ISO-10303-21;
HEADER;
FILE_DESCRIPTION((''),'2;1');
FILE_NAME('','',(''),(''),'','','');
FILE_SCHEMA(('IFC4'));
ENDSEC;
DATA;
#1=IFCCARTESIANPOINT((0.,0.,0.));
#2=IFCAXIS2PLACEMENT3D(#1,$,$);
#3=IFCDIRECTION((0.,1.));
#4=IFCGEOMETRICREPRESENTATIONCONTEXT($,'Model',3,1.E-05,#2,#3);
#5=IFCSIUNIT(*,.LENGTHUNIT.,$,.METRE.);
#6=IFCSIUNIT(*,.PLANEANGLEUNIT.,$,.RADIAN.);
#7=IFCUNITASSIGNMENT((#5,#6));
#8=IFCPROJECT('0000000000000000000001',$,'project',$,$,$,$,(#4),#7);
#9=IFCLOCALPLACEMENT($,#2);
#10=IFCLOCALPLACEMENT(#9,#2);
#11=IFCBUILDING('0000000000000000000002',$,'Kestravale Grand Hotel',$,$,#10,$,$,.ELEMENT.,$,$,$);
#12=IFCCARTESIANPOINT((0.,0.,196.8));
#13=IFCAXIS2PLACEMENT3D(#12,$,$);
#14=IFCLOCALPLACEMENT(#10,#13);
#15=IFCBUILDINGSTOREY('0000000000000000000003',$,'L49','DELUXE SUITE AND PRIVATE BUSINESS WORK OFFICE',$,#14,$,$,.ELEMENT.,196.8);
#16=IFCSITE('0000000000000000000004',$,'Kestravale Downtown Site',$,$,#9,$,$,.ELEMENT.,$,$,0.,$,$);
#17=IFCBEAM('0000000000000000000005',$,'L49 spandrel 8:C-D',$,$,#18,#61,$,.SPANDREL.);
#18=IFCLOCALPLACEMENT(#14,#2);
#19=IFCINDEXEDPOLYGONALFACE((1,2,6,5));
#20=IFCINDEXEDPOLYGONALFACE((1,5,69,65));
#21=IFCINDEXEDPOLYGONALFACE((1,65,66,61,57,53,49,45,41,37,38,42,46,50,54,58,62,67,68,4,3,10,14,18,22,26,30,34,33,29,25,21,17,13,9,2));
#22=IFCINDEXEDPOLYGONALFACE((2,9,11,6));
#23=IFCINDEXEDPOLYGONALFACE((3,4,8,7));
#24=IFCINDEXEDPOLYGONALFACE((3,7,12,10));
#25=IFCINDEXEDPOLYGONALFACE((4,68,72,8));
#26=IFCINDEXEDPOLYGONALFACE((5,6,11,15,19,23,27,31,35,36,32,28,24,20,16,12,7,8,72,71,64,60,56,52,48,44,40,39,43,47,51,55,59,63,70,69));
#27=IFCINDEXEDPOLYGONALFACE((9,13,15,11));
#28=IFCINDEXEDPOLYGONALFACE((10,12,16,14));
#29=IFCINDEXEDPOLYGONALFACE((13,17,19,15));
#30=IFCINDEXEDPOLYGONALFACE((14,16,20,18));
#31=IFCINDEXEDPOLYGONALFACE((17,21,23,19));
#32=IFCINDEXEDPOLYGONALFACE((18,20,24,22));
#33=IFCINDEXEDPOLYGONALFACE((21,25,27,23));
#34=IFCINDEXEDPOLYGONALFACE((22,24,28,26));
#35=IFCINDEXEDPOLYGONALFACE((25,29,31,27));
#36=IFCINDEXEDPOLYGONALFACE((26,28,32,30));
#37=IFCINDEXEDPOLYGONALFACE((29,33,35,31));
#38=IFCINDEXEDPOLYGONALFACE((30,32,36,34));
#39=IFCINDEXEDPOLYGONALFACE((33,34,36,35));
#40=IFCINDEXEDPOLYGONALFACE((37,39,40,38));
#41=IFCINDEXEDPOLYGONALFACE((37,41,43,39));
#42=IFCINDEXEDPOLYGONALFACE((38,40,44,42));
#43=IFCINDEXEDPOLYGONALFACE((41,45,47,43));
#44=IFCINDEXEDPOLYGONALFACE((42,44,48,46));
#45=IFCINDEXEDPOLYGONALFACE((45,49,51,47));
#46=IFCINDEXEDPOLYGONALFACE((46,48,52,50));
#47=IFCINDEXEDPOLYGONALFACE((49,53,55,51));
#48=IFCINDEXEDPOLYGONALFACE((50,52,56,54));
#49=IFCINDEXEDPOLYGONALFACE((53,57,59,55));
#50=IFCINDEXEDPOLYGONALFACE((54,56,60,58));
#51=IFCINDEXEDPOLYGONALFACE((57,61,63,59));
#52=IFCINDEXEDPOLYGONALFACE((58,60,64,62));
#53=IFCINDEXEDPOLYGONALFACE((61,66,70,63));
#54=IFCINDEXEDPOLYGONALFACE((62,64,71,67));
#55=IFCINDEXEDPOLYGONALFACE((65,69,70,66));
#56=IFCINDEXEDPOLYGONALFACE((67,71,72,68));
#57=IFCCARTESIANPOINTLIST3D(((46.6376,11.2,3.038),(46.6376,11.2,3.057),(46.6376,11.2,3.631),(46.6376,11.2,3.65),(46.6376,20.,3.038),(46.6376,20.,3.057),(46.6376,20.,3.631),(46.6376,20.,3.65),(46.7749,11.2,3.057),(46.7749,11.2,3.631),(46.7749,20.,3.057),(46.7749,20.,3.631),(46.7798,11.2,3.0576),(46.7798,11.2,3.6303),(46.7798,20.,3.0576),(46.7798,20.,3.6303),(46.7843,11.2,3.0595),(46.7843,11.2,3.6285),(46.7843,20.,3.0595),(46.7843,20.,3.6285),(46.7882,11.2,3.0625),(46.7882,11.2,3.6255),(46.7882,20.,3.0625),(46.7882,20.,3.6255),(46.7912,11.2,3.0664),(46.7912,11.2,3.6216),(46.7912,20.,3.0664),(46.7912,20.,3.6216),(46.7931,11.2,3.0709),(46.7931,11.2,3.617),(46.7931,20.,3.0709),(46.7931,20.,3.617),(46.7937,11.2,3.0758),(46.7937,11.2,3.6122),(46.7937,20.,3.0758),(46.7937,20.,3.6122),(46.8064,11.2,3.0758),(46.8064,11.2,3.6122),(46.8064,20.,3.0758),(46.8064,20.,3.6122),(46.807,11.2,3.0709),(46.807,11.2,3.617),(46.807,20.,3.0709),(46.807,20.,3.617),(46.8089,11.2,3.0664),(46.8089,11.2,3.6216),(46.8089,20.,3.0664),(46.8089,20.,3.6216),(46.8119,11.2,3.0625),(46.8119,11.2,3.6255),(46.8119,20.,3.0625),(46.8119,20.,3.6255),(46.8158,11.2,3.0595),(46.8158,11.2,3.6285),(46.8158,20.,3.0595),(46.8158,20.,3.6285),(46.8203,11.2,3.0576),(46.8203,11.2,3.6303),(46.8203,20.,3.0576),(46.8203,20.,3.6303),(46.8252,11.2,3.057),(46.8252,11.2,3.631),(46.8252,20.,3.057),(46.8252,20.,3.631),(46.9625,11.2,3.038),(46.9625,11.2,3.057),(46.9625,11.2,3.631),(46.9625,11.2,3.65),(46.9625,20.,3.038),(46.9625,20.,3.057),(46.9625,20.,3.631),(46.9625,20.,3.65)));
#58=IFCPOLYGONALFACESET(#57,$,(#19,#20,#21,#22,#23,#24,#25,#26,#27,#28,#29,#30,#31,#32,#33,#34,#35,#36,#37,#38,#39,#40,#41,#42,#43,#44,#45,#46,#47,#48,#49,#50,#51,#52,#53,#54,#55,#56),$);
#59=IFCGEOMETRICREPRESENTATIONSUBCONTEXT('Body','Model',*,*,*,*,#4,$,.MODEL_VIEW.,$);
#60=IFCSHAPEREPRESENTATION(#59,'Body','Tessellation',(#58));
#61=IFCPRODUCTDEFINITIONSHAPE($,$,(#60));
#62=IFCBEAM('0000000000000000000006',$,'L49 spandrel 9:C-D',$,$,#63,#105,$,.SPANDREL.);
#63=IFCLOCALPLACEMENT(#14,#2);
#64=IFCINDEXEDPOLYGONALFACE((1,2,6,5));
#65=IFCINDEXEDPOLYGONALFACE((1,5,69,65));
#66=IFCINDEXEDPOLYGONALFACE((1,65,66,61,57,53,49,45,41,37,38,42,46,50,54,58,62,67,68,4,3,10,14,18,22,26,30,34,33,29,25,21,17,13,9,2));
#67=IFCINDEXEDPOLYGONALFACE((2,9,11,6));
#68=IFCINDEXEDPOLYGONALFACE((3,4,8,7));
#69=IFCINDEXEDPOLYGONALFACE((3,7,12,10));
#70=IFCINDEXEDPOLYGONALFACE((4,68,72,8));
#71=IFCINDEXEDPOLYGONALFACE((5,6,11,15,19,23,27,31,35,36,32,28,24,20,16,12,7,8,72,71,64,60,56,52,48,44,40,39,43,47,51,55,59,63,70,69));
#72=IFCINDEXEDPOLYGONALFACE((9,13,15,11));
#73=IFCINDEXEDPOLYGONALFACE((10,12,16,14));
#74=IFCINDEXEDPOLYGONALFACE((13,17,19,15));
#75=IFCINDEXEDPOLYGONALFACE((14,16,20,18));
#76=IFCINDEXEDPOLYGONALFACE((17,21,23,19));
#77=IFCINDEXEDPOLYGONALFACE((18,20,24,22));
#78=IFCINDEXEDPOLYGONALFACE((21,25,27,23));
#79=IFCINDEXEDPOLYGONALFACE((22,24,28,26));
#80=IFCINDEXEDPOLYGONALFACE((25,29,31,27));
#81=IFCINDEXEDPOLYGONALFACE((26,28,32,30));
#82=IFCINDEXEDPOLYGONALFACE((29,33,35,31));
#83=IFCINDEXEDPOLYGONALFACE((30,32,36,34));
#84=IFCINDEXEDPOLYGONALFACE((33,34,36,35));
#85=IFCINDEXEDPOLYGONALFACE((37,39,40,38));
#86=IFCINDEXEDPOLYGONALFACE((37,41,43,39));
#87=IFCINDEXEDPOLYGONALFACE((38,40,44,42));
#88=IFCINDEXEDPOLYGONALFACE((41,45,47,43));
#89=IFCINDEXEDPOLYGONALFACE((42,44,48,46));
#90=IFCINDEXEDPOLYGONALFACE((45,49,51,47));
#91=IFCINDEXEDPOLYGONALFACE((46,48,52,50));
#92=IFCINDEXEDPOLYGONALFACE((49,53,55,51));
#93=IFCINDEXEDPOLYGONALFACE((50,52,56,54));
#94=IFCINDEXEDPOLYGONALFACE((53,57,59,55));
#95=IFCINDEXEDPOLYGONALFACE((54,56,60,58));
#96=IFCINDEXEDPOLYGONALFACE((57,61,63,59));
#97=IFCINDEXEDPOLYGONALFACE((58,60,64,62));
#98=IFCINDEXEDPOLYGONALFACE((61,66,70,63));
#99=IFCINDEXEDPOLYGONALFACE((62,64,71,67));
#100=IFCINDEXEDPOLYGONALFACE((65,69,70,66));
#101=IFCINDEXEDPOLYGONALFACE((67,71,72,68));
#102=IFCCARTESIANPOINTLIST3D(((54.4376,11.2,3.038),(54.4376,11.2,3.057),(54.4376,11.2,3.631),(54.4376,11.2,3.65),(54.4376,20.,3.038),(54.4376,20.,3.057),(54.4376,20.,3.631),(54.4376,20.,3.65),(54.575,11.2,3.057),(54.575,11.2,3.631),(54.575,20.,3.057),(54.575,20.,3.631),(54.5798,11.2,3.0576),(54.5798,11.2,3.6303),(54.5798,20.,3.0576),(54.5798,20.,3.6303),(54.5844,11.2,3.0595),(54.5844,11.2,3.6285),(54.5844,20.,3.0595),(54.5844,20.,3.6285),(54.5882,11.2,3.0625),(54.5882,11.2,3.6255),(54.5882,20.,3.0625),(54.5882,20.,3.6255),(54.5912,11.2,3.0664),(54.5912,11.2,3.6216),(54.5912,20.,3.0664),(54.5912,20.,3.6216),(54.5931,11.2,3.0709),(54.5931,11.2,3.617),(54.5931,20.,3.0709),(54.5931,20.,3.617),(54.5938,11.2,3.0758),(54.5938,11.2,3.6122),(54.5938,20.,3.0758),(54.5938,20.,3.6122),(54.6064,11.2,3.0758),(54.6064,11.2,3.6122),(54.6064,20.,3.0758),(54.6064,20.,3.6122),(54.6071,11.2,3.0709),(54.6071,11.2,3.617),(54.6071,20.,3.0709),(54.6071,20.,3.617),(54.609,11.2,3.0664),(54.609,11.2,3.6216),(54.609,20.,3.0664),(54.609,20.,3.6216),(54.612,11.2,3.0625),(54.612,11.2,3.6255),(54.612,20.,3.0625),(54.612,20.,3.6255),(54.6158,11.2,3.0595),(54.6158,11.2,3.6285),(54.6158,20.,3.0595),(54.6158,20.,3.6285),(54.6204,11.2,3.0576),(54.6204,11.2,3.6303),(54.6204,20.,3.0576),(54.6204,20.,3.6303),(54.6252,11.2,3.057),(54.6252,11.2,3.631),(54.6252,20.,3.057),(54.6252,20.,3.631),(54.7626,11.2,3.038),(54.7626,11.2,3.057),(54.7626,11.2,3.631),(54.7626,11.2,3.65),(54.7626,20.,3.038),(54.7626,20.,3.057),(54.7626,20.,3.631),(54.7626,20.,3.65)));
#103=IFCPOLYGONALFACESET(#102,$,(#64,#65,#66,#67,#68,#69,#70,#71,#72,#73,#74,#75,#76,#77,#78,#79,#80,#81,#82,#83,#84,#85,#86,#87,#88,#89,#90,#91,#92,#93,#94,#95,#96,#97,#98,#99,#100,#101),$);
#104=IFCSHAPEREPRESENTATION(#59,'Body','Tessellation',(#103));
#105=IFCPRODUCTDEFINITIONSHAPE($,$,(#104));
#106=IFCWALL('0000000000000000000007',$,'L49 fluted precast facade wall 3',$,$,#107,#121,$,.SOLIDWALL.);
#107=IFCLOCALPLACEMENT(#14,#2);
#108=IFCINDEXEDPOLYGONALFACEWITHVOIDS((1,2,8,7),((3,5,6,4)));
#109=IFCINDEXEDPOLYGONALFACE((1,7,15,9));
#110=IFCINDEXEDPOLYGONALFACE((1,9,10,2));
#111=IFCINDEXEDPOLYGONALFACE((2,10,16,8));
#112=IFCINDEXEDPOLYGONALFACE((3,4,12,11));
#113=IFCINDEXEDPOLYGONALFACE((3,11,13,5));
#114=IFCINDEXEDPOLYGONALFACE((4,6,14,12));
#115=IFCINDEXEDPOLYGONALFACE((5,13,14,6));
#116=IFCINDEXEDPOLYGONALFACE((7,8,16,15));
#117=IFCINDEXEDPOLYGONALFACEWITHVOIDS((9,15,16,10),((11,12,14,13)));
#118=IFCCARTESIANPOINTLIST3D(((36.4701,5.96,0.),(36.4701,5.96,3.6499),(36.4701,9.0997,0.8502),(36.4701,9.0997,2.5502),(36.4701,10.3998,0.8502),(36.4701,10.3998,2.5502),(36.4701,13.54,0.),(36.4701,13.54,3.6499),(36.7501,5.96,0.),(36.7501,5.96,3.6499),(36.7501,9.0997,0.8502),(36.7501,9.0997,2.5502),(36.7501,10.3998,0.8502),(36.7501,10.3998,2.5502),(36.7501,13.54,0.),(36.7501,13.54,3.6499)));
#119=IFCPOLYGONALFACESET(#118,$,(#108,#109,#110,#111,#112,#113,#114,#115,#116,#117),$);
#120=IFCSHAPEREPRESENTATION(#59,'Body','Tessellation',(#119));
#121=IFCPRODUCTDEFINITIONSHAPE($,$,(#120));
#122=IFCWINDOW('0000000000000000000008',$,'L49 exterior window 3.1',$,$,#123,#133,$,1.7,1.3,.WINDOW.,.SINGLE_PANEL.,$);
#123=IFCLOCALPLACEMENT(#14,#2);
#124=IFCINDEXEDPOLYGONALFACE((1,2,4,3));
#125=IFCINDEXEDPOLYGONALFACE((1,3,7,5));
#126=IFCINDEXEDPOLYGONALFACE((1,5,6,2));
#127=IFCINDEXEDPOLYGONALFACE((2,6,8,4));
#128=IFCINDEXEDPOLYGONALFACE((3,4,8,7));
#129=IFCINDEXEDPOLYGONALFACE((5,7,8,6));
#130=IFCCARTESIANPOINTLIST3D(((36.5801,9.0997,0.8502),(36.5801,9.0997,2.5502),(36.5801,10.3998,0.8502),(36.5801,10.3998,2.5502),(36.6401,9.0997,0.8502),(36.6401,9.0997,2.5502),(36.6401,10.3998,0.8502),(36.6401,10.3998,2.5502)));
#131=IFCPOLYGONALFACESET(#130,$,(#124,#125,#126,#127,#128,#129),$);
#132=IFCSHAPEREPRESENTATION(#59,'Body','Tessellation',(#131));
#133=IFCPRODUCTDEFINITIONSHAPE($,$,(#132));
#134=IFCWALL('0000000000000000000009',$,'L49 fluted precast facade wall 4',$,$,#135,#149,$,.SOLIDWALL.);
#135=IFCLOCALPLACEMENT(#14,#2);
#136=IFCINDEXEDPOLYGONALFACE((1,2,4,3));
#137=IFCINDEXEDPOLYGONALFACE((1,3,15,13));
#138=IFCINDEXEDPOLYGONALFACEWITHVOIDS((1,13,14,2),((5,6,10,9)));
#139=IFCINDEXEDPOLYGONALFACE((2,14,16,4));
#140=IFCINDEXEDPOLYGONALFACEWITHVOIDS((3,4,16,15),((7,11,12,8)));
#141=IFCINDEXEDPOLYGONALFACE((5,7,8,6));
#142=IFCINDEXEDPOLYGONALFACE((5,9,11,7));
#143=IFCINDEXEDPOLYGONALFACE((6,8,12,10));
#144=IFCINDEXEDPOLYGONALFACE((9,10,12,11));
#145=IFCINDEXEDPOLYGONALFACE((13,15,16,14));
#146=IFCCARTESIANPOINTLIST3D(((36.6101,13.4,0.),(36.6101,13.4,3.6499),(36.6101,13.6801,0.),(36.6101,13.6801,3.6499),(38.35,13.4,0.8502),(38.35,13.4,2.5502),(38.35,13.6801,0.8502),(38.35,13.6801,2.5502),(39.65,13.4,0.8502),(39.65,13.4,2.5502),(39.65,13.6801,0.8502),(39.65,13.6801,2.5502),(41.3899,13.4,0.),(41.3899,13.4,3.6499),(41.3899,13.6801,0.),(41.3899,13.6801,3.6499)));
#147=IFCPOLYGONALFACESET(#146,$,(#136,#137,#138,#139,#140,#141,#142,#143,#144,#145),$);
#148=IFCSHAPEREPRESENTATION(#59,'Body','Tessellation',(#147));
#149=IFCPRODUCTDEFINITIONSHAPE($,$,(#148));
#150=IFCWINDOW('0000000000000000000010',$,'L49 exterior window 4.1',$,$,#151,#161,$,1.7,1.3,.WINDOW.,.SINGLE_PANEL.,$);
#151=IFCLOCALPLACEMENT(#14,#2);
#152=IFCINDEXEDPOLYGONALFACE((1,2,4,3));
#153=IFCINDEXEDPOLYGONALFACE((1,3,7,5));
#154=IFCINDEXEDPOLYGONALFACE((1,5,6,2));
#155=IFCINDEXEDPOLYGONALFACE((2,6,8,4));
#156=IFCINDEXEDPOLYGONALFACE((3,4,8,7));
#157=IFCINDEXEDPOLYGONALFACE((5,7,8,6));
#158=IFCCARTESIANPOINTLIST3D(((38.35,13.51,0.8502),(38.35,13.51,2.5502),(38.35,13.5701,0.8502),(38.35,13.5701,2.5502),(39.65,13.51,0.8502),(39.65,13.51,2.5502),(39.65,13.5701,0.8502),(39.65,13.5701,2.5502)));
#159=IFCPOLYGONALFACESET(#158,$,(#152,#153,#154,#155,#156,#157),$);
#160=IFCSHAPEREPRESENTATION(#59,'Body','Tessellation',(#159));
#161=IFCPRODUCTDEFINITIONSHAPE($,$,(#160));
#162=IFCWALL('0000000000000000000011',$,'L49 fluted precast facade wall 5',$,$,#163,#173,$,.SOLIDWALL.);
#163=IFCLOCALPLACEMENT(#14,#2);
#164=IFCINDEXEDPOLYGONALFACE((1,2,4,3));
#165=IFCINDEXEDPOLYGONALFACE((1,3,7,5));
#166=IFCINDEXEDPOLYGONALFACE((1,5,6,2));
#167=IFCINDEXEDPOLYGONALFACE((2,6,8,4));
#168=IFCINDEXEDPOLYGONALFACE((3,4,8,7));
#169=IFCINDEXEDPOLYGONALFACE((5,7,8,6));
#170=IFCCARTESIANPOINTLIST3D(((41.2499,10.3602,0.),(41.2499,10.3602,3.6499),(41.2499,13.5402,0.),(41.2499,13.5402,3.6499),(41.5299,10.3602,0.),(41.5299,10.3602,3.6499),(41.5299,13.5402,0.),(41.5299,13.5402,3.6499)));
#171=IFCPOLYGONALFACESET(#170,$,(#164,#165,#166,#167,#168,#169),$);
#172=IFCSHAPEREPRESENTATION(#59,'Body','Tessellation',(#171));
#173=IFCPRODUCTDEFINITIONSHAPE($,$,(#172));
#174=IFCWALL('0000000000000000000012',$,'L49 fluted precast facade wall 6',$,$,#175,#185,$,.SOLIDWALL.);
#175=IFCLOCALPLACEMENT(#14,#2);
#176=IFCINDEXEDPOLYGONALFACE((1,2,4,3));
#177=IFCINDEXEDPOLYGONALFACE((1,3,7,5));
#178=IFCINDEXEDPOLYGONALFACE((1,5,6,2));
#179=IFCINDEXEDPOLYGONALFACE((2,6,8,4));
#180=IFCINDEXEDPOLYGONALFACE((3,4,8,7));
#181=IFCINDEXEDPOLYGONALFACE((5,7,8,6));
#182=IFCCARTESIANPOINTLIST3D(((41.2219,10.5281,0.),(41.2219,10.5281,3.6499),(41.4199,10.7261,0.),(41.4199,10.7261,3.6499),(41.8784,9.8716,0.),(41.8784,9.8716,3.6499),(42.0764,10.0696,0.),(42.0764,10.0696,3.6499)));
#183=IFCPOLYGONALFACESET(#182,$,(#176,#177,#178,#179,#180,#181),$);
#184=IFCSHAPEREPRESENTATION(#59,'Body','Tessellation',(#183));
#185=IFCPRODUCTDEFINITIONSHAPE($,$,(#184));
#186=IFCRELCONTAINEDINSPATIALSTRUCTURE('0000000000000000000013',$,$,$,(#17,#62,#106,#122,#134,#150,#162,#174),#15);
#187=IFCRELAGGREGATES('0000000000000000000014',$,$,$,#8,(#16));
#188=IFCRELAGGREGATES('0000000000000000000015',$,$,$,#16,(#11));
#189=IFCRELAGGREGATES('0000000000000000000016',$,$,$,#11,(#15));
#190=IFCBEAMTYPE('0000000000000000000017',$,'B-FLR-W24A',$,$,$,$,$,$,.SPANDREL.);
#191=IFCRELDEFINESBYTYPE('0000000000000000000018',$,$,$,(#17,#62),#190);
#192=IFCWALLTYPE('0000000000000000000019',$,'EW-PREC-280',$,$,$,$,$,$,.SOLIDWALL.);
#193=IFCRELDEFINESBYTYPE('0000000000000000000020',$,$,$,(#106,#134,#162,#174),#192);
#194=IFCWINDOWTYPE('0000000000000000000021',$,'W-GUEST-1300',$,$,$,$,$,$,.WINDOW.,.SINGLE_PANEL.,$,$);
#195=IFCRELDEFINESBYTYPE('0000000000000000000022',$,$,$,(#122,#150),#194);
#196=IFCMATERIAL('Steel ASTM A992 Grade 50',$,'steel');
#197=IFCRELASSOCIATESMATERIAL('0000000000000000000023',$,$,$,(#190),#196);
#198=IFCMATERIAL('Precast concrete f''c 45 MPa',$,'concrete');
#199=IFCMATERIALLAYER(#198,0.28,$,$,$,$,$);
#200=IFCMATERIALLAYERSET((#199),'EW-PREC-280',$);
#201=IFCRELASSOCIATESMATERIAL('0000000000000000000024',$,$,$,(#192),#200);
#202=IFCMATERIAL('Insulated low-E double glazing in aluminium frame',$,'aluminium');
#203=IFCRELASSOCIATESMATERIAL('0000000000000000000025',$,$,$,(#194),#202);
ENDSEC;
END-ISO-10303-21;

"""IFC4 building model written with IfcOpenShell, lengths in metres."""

from ifc_helpers import new_model, si_unit, direction, frame, frame_2d, origin, origin_2d, place, context, subcontext, project, spatial, rectangle, i_section, extrude, material, layer, layer_set, material_profile, profile_set, type_object, element, fill, save


model = new_model("IFC4")

# Units and contexts
model_context = context("Model", 3, precision=1e-05, world=origin(), true_north=direction((0.0, 1.0)))
body_context = subcontext(model_context, "Body", "Model", "MODEL_VIEW")
ifc_project = project(units=[si_unit("LENGTHUNIT", "METRE"), si_unit("PLANEANGLEUNIT", "RADIAN")], contexts=[model_context])

# Site, building, storey
site_placement = place(None, origin())
site = spatial("IfcSite", under=ifc_project, at=site_placement, Name="Kestravale Downtown Site", CompositionType="ELEMENT", RefElevation=0.0)
building_placement = place(site_placement, origin())
building = spatial("IfcBuilding", under=site, at=building_placement, Name="Kestravale Grand Hotel", CompositionType="ELEMENT")
storey_placement = place(building_placement, frame((0.0, 0.0, 196.8)))
storey = spatial("IfcBuildingStorey", under=building, at=storey_placement, Name="L49", Description="DELUXE SUITE AND PRIVATE BUSINESS WORK OFFICE", CompositionType="ELEMENT", Elevation=196.8)

# Beams
ifc_material_1 = material(Name="Steel ASTM A992 Grade 50", Category="steel")
ifc_material_profile_1 = material_profile(ifc_material_1, i_section(OverallWidth=0.325, OverallDepth=0.6121, WebThickness=0.0127, FlangeThickness=0.019, FilletRadius=0.0188, at=origin_2d()))
ifc_profile_set_1 = profile_set([ifc_material_profile_1], Name="Steel ASTM A992 Grade 50")
beam_type_1 = type_object("IfcBeamType", Name="B-FLR-W24A", PredefinedType="SPANDREL", material=ifc_profile_set_1)
for number, where, z_axis, x_axis, name in (
    (1, (46.8, 11.2, 3.344), (0.0, 1.0, 0.0), (-1.0, 0.0, 0.0), "L49 spandrel 8:C-D"),
    (2, (54.6001, 11.2, 3.344), (0.0, 1.0, 0.0), (-1.0, 0.0, 0.0), "L49 spandrel 9:C-D"),
):
    element("IfcBeam", number, at=place(storey_placement, frame(where, z_axis=z_axis, x_axis=x_axis)), inside=storey, type_object=beam_type_1, Name=name, PredefinedType="SPANDREL", context=body_context, shape_type="SweptSolid", body=[
        extrude(i_section(OverallWidth=0.325, OverallDepth=0.6121, WebThickness=0.0127, FlangeThickness=0.019, FilletRadius=0.0188, at=origin_2d()), origin(), (0.0, 0.0, 1.0), 8.8),
    ])

# Walls, openings, windows
ifc_material_2 = material(Name="Precast concrete f'c 45 MPa", Category="concrete")
ifc_layer_1 = layer(ifc_material_2, 0.28)
ifc_layer_set_1 = layer_set([ifc_layer_1], Name="EW-PREC-280")
wall_type_1 = type_object("IfcWallType", Name="EW-PREC-280", PredefinedType="SOLIDWALL", material=ifc_layer_set_1)
wall_1_placement = place(storey_placement, frame((36.6101, 5.96, 0.0), z_axis=(0.0, 0.0, 1.0), x_axis=(0.0, 1.0, 0.0)))
wall_1 = element("IfcWall", 3, at=wall_1_placement, inside=storey, type_object=wall_type_1, Name="L49 fluted precast facade wall 3", PredefinedType="SOLIDWALL", context=body_context, shape_type="SweptSolid", body=[
    extrude(rectangle(XDim=7.5801, YDim=0.28, at=frame_2d((3.79, 0.0))), origin(), (0.0, 0.0, 1.0), 3.6499),
])
opening_1_placement = place(wall_1_placement, frame((3.1399, 0.0, 0.8501)))
opening_1 = element("IfcOpeningElement", 4, at=opening_1_placement, cuts=wall_1, PredefinedType="OPENING", context=body_context, shape_type="SweptSolid", body=[
    extrude(rectangle(XDim=1.3, YDim=1.7, at=frame_2d((0.6499, 0.8501))), frame((0.0, 0.1499, 0.0), z_axis=(0.0, -1.0, 0.0), x_axis=(1.0, 0.0, 0.0)), (0.0, 0.0, 1.0), 0.3),
])
ifc_material_3 = material(Name="Insulated low-E double glazing in aluminium frame", Category="aluminium")
window_type = type_object("IfcWindowType", Name="W-GUEST-1300", PartitioningType="SINGLE_PANEL", PredefinedType="WINDOW", material=ifc_material_3)
window_1_placement = place(opening_1_placement, origin())
window_1 = element("IfcWindow", 5, at=window_1_placement, inside=storey, type_object=window_type, Name="L49 exterior window 3.1", OverallHeight=1.7, OverallWidth=1.3, PartitioningType="SINGLE_PANEL", PredefinedType="WINDOW", context=body_context, shape_type="SweptSolid", body=[
    extrude(rectangle(XDim=1.3, YDim=1.7, at=frame_2d((0.6499, 0.8501))), frame((0.0, 0.03, 0.0), z_axis=(0.0, -1.0, 0.0), x_axis=(1.0, 0.0, 0.0)), (0.0, 0.0, 1.0), 0.0601),
])
fill(opening_1, window_1)
wall_2_placement = place(storey_placement, frame((36.6101, 13.54, 0.0), z_axis=(0.0, 0.0, 1.0), x_axis=(1.0, 0.0, 0.0)))
wall_2 = element("IfcWall", 6, at=wall_2_placement, inside=storey, type_object=wall_type_1, Name="L49 fluted precast facade wall 4", PredefinedType="SOLIDWALL", context=body_context, shape_type="SweptSolid", body=[
    extrude(rectangle(XDim=4.7798, YDim=0.28, at=frame_2d((2.3899, 0.0))), origin(), (0.0, 0.0, 1.0), 3.6499),
])
opening_2_placement = place(wall_2_placement, frame((1.74, 0.0, 0.8501)))
opening_2 = element("IfcOpeningElement", 7, at=opening_2_placement, cuts=wall_2, PredefinedType="OPENING", context=body_context, shape_type="SweptSolid", body=[
    extrude(rectangle(XDim=1.3, YDim=1.7, at=frame_2d((0.6499, 0.8501))), frame((0.0, 0.1499, 0.0), z_axis=(0.0, -1.0, 0.0), x_axis=(1.0, 0.0, 0.0)), (0.0, 0.0, 1.0), 0.3),
])
window_2_placement = place(opening_2_placement, origin())
window_2 = element("IfcWindow", 8, at=window_2_placement, inside=storey, type_object=window_type, Name="L49 exterior window 4.1", OverallHeight=1.7, OverallWidth=1.3, PartitioningType="SINGLE_PANEL", PredefinedType="WINDOW", context=body_context, shape_type="SweptSolid", body=[
    extrude(rectangle(XDim=1.3, YDim=1.7, at=frame_2d((0.6499, 0.8501))), frame((0.0, 0.03, 0.0), z_axis=(0.0, -1.0, 0.0), x_axis=(1.0, 0.0, 0.0)), (0.0, 0.0, 1.0), 0.0601),
])
fill(opening_2, window_2)

# Walls
wall_3_placement = place(storey_placement, frame((41.3899, 13.54, 0.0), z_axis=(0.0, 0.0, 1.0), x_axis=(0.0, -1.0, 0.0)))
element("IfcWall", 9, at=wall_3_placement, inside=storey, type_object=wall_type_1, Name="L49 fluted precast facade wall 5", PredefinedType="SOLIDWALL", context=body_context, shape_type="SweptSolid", body=[
    extrude(rectangle(XDim=3.1799, YDim=0.28, at=frame_2d((1.5898, 0.0))), origin(), (0.0, 0.0, 1.0), 3.6499),
])
wall_4_placement = place(storey_placement, frame((41.3208, 10.6272, 0.0), z_axis=(0.0, 0.0, 1.0), x_axis=(0.707107, -0.707107, 0.0)))
element("IfcWall", 10, at=wall_4_placement, inside=storey, type_object=wall_type_1, Name="L49 fluted precast facade wall 6", PredefinedType="SOLIDWALL", context=body_context, shape_type="SweptSolid", body=[
    extrude(rectangle(XDim=0.9285, YDim=0.28, at=frame_2d((0.4644, 0.0))), origin(), (0.0, 0.0, 1.0), 3.6499),
])

save(model, "model.ifc")
